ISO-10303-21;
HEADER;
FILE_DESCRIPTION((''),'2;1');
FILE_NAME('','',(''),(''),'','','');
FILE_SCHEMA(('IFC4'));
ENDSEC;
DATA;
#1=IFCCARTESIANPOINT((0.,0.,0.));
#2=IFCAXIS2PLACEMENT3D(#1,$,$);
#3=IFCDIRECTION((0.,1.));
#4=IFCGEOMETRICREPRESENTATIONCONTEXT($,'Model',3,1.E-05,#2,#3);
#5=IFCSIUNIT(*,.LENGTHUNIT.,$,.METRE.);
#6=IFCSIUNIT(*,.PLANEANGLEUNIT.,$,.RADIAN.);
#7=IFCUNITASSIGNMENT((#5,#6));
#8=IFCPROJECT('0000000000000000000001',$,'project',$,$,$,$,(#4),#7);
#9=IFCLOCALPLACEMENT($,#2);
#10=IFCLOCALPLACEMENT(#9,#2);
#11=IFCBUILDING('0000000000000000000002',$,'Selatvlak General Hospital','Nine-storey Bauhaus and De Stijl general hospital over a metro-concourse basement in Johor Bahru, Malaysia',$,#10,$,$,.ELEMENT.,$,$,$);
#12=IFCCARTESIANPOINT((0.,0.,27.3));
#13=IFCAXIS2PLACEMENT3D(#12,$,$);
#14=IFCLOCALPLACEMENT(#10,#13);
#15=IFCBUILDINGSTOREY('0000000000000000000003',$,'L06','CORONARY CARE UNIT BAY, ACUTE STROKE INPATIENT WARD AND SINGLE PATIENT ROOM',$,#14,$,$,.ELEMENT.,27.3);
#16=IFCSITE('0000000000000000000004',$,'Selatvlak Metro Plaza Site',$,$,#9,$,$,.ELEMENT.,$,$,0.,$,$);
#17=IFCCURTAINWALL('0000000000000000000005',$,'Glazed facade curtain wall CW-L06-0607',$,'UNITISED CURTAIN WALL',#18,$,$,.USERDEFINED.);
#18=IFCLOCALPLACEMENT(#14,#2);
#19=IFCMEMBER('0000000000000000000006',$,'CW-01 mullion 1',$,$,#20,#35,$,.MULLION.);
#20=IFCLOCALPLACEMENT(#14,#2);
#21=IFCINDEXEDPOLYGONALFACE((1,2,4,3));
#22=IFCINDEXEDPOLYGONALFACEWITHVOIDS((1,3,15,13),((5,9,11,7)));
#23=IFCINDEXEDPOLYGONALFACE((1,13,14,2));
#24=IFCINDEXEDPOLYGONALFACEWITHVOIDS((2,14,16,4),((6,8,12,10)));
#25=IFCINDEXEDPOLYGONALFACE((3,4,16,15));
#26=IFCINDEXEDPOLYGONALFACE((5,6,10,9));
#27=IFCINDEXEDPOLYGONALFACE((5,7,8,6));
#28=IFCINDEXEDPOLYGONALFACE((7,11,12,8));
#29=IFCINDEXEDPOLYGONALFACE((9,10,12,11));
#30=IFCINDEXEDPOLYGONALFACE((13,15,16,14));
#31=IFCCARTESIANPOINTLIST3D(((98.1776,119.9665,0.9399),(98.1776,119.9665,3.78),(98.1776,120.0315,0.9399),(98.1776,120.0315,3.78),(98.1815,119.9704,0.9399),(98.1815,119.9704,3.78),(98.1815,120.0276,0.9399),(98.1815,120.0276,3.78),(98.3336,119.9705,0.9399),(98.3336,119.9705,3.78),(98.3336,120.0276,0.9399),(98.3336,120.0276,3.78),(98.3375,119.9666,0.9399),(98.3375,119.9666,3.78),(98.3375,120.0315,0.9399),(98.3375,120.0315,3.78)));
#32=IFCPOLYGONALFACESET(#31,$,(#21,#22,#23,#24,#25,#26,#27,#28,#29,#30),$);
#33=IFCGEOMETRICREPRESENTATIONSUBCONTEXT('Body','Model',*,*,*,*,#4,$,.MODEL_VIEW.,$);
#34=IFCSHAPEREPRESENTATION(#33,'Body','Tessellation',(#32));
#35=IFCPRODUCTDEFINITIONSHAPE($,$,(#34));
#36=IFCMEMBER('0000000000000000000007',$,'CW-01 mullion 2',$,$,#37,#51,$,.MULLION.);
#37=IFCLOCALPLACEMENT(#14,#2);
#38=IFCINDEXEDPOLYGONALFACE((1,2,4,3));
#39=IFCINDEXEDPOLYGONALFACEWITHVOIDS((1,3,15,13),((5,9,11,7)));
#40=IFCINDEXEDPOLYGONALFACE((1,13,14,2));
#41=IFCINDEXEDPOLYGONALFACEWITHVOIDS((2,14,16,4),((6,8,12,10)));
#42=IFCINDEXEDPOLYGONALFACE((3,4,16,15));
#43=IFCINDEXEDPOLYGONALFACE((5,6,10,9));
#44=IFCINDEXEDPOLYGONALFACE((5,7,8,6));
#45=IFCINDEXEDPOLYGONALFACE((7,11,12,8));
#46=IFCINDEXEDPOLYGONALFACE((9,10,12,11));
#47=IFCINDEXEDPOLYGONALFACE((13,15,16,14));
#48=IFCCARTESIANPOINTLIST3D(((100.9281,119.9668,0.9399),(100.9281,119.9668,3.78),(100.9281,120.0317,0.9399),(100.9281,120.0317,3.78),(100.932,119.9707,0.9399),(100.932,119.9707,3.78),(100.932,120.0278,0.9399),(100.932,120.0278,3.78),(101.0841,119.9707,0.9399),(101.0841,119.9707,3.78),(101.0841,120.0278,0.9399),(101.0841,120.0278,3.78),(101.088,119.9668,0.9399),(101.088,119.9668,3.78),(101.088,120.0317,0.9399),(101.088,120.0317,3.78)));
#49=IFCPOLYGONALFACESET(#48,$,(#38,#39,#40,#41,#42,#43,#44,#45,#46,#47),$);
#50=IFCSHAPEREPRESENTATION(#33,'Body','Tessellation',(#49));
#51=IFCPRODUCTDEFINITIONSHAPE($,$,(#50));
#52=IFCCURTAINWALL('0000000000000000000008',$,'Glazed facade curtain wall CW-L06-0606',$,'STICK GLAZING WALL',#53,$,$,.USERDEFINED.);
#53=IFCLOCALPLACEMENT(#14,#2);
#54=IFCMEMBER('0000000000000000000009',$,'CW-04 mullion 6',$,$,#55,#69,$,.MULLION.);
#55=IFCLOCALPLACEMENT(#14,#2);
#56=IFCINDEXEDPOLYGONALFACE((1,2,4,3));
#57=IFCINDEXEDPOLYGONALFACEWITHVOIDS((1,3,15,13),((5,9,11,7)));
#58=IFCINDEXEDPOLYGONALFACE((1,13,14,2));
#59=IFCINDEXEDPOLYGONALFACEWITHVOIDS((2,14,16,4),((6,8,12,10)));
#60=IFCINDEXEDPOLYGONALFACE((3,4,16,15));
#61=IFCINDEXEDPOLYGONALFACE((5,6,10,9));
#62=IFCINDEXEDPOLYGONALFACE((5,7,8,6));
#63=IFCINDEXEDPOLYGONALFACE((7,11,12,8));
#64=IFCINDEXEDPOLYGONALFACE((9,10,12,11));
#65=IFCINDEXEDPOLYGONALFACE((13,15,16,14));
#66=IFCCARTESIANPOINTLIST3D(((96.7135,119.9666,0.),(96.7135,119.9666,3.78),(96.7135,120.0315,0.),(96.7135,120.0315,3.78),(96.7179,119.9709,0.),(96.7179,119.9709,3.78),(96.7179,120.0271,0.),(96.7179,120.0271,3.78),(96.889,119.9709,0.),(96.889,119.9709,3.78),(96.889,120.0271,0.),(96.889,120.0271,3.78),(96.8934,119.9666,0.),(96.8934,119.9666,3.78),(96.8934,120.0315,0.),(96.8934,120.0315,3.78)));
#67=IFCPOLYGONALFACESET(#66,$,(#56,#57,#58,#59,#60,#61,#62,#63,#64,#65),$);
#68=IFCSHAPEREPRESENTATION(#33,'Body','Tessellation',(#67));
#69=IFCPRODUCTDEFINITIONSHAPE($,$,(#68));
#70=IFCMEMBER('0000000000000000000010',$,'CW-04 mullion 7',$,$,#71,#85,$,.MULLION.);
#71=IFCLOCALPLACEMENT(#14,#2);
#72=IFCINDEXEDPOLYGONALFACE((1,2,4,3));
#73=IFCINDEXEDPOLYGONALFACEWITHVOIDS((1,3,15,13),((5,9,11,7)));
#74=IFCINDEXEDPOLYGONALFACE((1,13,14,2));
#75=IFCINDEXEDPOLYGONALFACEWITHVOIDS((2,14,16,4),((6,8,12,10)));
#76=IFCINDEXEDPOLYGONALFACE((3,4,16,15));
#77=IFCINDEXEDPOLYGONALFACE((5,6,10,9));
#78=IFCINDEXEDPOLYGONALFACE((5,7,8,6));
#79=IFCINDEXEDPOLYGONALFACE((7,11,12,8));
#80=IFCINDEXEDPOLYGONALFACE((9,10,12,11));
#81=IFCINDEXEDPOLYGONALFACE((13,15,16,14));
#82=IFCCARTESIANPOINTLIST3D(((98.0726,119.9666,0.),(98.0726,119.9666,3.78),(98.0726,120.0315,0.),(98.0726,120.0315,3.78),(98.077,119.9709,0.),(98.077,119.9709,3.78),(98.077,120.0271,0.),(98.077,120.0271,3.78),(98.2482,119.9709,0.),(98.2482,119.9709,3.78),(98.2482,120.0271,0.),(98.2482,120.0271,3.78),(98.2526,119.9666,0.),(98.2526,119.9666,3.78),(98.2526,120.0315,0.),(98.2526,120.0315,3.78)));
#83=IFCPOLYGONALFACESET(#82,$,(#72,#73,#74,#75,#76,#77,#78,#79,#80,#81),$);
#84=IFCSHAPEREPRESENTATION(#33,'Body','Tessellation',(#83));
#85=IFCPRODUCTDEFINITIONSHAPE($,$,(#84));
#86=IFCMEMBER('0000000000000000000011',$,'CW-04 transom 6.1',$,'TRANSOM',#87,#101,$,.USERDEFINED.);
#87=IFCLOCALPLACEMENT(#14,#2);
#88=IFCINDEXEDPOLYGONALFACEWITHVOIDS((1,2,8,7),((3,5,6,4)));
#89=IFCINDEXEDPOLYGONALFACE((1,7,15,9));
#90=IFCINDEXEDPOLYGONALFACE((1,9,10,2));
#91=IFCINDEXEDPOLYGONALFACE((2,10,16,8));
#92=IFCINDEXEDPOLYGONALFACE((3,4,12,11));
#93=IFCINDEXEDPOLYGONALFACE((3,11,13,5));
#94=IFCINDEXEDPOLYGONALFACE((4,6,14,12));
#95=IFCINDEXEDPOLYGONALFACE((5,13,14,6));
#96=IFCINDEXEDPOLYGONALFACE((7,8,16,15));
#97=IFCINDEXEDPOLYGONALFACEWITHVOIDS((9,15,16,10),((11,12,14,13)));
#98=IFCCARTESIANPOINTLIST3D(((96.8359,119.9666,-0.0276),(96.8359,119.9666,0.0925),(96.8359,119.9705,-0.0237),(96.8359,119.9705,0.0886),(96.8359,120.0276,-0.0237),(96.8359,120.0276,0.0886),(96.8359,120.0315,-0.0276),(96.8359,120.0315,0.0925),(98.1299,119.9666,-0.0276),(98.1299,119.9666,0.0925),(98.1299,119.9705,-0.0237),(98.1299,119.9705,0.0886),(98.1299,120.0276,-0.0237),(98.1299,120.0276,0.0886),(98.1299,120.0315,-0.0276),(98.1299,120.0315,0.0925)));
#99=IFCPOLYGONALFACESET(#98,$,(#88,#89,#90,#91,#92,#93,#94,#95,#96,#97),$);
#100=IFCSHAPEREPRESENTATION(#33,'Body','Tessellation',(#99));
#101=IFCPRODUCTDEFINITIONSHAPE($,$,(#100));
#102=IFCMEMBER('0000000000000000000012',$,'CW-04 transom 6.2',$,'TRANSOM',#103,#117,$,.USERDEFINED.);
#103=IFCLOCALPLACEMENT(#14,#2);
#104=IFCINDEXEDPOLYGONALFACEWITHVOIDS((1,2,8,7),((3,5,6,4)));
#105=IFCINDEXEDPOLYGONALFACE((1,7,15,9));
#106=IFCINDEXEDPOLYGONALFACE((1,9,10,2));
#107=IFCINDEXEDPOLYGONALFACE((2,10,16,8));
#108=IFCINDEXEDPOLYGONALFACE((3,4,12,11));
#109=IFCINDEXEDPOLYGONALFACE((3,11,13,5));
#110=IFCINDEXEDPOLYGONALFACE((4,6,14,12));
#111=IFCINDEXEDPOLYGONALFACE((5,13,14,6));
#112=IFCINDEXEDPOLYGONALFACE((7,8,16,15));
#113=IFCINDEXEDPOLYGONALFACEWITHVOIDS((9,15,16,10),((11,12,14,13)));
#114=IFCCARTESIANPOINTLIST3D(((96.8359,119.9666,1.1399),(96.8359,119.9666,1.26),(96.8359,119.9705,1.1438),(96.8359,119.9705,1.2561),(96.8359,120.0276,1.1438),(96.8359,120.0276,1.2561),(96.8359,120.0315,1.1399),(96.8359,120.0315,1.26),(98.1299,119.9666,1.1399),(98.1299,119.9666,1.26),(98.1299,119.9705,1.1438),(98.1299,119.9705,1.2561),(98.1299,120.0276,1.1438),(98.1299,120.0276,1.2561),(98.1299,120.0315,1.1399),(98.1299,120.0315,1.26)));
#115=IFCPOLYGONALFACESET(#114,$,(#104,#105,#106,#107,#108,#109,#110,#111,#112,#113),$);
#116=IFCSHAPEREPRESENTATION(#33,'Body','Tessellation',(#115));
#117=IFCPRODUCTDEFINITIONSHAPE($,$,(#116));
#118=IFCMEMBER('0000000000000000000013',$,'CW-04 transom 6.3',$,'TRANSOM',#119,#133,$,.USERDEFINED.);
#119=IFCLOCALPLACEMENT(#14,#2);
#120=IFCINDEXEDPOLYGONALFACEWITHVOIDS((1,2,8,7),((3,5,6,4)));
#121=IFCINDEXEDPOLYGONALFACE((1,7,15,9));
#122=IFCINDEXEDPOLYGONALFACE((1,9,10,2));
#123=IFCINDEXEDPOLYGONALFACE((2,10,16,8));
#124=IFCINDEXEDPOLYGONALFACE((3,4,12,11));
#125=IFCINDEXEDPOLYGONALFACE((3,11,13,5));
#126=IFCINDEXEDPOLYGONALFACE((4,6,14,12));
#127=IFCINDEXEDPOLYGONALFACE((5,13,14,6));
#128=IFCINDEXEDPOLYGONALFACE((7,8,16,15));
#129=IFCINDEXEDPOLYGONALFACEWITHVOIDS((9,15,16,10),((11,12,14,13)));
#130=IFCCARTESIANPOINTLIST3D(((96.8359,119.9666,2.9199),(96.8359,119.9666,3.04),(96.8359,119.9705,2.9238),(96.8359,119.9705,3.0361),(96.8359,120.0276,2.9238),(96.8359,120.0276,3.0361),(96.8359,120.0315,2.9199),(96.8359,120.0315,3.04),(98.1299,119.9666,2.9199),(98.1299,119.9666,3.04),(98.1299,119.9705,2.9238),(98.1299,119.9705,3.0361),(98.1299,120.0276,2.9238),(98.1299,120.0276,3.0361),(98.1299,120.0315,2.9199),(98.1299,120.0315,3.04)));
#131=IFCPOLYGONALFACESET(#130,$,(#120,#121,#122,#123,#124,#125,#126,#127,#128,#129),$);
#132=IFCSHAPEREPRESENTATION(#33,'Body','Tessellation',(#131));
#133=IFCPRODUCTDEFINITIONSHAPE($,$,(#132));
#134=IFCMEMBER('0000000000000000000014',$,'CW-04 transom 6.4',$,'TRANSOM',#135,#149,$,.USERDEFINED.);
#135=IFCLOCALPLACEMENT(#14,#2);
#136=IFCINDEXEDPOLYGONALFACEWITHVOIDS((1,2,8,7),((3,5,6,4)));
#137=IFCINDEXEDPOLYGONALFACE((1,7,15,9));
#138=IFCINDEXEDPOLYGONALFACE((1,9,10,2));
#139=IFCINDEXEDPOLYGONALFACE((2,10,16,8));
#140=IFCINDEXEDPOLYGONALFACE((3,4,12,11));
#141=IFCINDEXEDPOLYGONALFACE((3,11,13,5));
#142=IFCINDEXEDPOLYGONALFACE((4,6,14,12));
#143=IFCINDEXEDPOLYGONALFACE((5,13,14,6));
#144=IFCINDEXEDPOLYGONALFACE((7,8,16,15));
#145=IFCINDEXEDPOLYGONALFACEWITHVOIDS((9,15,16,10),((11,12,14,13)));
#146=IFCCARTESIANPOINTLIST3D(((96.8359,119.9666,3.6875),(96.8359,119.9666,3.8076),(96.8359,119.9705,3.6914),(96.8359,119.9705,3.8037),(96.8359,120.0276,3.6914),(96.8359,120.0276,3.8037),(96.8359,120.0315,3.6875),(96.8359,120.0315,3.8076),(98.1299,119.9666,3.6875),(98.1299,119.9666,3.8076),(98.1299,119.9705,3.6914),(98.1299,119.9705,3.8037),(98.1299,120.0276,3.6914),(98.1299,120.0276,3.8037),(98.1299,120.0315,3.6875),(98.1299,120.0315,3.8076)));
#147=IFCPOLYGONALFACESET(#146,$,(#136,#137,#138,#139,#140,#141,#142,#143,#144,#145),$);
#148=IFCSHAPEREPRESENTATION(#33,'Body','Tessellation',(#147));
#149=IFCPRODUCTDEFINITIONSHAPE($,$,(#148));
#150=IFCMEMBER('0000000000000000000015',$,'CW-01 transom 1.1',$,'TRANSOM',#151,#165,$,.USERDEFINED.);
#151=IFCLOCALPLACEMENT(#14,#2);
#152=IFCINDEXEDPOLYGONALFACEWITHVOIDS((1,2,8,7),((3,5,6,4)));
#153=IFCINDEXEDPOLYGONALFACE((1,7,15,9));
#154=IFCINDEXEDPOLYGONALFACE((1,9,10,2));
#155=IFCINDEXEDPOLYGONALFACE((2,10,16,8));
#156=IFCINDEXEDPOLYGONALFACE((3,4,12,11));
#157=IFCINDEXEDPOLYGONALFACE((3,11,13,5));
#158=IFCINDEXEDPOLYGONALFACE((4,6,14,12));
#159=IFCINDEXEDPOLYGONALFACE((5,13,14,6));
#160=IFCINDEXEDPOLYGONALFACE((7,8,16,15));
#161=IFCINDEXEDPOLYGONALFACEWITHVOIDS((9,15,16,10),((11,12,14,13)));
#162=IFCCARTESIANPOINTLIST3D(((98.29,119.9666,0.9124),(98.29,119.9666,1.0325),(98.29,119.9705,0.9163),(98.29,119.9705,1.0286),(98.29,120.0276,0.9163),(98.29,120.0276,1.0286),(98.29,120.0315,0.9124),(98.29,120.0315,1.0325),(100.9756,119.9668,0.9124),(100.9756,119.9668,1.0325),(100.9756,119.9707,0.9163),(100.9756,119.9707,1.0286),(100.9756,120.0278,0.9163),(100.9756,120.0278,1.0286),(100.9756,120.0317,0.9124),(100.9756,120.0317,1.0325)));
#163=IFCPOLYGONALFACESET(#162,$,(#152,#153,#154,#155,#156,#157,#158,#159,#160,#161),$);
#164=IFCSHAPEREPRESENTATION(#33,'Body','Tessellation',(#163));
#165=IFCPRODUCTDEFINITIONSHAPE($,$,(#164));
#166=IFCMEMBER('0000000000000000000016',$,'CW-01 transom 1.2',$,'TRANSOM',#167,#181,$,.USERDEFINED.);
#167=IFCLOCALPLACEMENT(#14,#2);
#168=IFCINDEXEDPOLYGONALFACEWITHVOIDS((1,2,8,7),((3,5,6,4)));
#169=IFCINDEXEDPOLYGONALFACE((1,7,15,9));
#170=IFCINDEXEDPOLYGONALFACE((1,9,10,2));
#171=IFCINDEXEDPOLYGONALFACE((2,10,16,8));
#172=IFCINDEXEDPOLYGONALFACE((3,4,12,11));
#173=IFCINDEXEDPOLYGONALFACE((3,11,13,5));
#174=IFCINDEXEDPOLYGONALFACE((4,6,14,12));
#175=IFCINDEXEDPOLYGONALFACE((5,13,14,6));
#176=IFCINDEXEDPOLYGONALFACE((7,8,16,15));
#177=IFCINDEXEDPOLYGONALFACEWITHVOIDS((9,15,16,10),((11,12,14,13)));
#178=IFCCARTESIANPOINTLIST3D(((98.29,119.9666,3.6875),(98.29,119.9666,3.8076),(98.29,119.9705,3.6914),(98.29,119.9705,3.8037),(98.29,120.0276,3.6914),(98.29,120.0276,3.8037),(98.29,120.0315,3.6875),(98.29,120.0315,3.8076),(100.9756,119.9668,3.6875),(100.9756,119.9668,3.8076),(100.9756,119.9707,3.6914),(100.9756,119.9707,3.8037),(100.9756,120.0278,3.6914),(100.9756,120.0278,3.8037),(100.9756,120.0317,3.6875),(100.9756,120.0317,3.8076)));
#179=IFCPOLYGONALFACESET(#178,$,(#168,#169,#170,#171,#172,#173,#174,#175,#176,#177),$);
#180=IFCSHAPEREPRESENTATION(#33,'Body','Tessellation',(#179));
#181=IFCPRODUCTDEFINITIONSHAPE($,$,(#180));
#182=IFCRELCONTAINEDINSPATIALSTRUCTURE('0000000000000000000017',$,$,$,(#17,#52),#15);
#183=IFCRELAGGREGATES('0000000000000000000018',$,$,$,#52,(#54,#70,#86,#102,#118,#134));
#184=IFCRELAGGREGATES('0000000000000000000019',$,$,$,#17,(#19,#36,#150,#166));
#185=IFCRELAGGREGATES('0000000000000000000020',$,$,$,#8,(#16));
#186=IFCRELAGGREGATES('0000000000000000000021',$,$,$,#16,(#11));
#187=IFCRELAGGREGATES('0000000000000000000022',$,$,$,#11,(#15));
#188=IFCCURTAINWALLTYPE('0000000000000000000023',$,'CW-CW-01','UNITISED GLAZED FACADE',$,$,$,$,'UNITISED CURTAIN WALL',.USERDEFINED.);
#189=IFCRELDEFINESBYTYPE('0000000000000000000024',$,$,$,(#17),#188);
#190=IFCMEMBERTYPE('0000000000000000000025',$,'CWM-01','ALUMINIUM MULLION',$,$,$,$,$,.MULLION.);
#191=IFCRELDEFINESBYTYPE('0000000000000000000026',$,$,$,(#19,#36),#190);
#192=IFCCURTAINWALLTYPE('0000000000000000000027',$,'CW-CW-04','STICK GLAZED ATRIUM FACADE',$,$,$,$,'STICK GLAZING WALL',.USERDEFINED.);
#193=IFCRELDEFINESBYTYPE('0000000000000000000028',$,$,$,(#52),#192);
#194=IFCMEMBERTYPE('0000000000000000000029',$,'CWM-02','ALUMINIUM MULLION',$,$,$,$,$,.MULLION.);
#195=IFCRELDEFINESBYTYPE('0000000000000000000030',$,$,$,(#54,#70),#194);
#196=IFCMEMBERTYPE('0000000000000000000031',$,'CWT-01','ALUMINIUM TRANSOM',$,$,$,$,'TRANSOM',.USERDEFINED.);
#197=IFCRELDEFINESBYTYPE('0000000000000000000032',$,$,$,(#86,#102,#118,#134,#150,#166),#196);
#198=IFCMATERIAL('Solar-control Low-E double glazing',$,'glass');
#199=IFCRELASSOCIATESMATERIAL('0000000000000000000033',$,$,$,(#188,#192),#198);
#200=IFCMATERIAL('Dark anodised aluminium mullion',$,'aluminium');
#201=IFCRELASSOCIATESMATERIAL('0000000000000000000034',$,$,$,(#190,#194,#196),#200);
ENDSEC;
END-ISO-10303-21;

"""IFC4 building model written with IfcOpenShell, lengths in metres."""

from ifc_helpers import new_model, si_unit, direction, frame, origin, origin_2d, place, context, subcontext, project, spatial, hollow_rectangle, extrude, material, material_profile, profile_set, type_object, element, aggregate, save


model = new_model("IFC4")

# Units and contexts
model_context = context("Model", 3, precision=1e-05, world=origin(), true_north=direction((0.0, 1.0)))
body_context = subcontext(model_context, "Body", "Model", "MODEL_VIEW")
ifc_project = project(units=[si_unit("LENGTHUNIT", "METRE"), si_unit("PLANEANGLEUNIT", "RADIAN")], contexts=[model_context])

# Site, building, storey
site_placement = place(None, origin())
site = spatial("IfcSite", under=ifc_project, at=site_placement, Name="Selatvlak Metro Plaza Site", CompositionType="ELEMENT", RefElevation=0.0)
building_placement = place(site_placement, origin())
building = spatial("IfcBuilding", under=site, at=building_placement, Name="Selatvlak General Hospital", Description="Nine-storey Bauhaus and De Stijl general hospital over a metro-concourse basement in Johor Bahru, Malaysia", CompositionType="ELEMENT")
storey_placement = place(building_placement, frame((0.0, 0.0, 27.3)))
storey = spatial("IfcBuildingStorey", under=building, at=storey_placement, Name="L06", Description="CORONARY CARE UNIT BAY, ACUTE STROKE INPATIENT WARD AND SINGLE PATIENT ROOM", CompositionType="ELEMENT", Elevation=27.3)

# Curtain walls, members
ifc_material_1 = material(Name="Solar-control Low-E double glazing", Category="glass")
curtain_wall_type_1 = type_object("IfcCurtainWallType", Name="CW-CW-01", Description="UNITISED GLAZED FACADE", ElementType="UNITISED CURTAIN WALL", PredefinedType="USERDEFINED", material=ifc_material_1)
curtain_wall_1_placement = place(storey_placement, origin())
curtain_wall_1 = element("IfcCurtainWall", 1, at=curtain_wall_1_placement, inside=storey, type_object=curtain_wall_type_1, Name="Glazed facade curtain wall CW-L06-0607", ObjectType="UNITISED CURTAIN WALL", PredefinedType="USERDEFINED")
ifc_material_2 = material(Name="Dark anodised aluminium mullion", Category="aluminium")
ifc_material_profile_1 = material_profile(ifc_material_2, hollow_rectangle(XDim=0.0649, YDim=0.1599, WallThickness=0.0039, at=origin_2d()), Name="AL-MUL 65x160x4")
ifc_profile_set_1 = profile_set([ifc_material_profile_1], Name="Dark anodised aluminium mullion")
member_type_1 = type_object("IfcMemberType", Name="CWM-01", Description="ALUMINIUM MULLION", PredefinedType="MULLION", material=ifc_profile_set_1)
member_1_placement = place(storey_placement, frame((98.2576, 119.999, 0.9399), z_axis=(0.0, 0.0, 1.0), x_axis=(-0.00012, 1.0, 0.0)))
member_1 = element("IfcMember", 2, at=member_1_placement, type_object=member_type_1, Name="CW-01 mullion 1", PredefinedType="MULLION", context=body_context, shape_type="SweptSolid", body=[
    extrude(hollow_rectangle(XDim=0.0649, YDim=0.1599, WallThickness=0.0039, at=origin_2d()), origin(), (0.0, 0.0, 1.0), 2.8401),
])
member_2_placement = place(storey_placement, frame((101.0081, 119.9993, 0.9399), z_axis=(0.0, 0.0, 1.0), x_axis=(-0.00012, 1.0, 0.0)))
member_2 = element("IfcMember", 3, at=member_2_placement, type_object=member_type_1, Name="CW-01 mullion 2", PredefinedType="MULLION", context=body_context, shape_type="SweptSolid", body=[
    extrude(hollow_rectangle(XDim=0.0649, YDim=0.1599, WallThickness=0.0039, at=origin_2d()), origin(), (0.0, 0.0, 1.0), 2.8401),
])
curtain_wall_type_2 = type_object("IfcCurtainWallType", Name="CW-CW-04", Description="STICK GLAZED ATRIUM FACADE", ElementType="STICK GLAZING WALL", PredefinedType="USERDEFINED", material=ifc_material_1)
curtain_wall_2_placement = place(storey_placement, origin())
curtain_wall_2 = element("IfcCurtainWall", 4, at=curtain_wall_2_placement, inside=storey, type_object=curtain_wall_type_2, Name="Glazed facade curtain wall CW-L06-0606", ObjectType="STICK GLAZING WALL", PredefinedType="USERDEFINED")
ifc_material_profile_2 = material_profile(ifc_material_2, hollow_rectangle(XDim=0.0649, YDim=0.1799, WallThickness=0.0044, at=origin_2d()), Name="AL-MUL 65x180x4.5")
ifc_profile_set_2 = profile_set([ifc_material_profile_2], Name="Dark anodised aluminium mullion")
member_type_2 = type_object("IfcMemberType", Name="CWM-02", Description="ALUMINIUM MULLION", PredefinedType="MULLION", material=ifc_profile_set_2)
member_3_placement = place(storey_placement, frame((96.8035, 119.999, 0.0), z_axis=(0.0, 0.0, 1.0), x_axis=(0.0, 1.0, 0.0)))
member_3 = element("IfcMember", 5, at=member_3_placement, type_object=member_type_2, Name="CW-04 mullion 6", PredefinedType="MULLION", context=body_context, shape_type="SweptSolid", body=[
    extrude(hollow_rectangle(XDim=0.0649, YDim=0.1799, WallThickness=0.0044, at=origin_2d()), origin(), (0.0, 0.0, 1.0), 3.78),
])
member_4_placement = place(storey_placement, frame((98.1626, 119.999, 0.0), z_axis=(0.0, 0.0, 1.0), x_axis=(0.0, 1.0, 0.0)))
member_4 = element("IfcMember", 6, at=member_4_placement, type_object=member_type_2, Name="CW-04 mullion 7", PredefinedType="MULLION", context=body_context, shape_type="SweptSolid", body=[
    extrude(hollow_rectangle(XDim=0.0649, YDim=0.1799, WallThickness=0.0044, at=origin_2d()), origin(), (0.0, 0.0, 1.0), 3.78),
])
ifc_material_profile_3 = material_profile(ifc_material_2, hollow_rectangle(XDim=0.0649, YDim=0.1201, WallThickness=0.0039, at=origin_2d()), Name="AL-TRN 65x120x4")
ifc_profile_set_3 = profile_set([ifc_material_profile_3], Name="Dark anodised aluminium mullion")
member_type_3 = type_object("IfcMemberType", Name="CWT-01", Description="ALUMINIUM TRANSOM", ElementType="TRANSOM", PredefinedType="USERDEFINED", material=ifc_profile_set_3)
member_5_placement = place(storey_placement, frame((96.8359, 119.999, 0.0325), z_axis=(1.0, 0.0, 0.0), x_axis=(0.0, 1.0, 0.0)))
member_5 = element("IfcMember", 7, at=member_5_placement, type_object=member_type_3, Name="CW-04 transom 6.1", ObjectType="TRANSOM", PredefinedType="USERDEFINED", context=body_context, shape_type="SweptSolid", body=[
    extrude(hollow_rectangle(XDim=0.0649, YDim=0.1201, WallThickness=0.0039, at=origin_2d()), origin(), (0.0, 0.0, 1.0), 1.2939),
])
member_6_placement = place(storey_placement, frame((96.8359, 119.999, 1.2), z_axis=(1.0, 0.0, 0.0), x_axis=(0.0, 1.0, 0.0)))
member_6 = element("IfcMember", 8, at=member_6_placement, type_object=member_type_3, Name="CW-04 transom 6.2", ObjectType="TRANSOM", PredefinedType="USERDEFINED", context=body_context, shape_type="SweptSolid", body=[
    extrude(hollow_rectangle(XDim=0.0649, YDim=0.1201, WallThickness=0.0039, at=origin_2d()), origin(), (0.0, 0.0, 1.0), 1.2939),
])
member_7_placement = place(storey_placement, frame((96.8359, 119.999, 2.98), z_axis=(1.0, 0.0, 0.0), x_axis=(0.0, 1.0, 0.0)))
member_7 = element("IfcMember", 9, at=member_7_placement, type_object=member_type_3, Name="CW-04 transom 6.3", ObjectType="TRANSOM", PredefinedType="USERDEFINED", context=body_context, shape_type="SweptSolid", body=[
    extrude(hollow_rectangle(XDim=0.0649, YDim=0.1201, WallThickness=0.0039, at=origin_2d()), origin(), (0.0, 0.0, 1.0), 1.2939),
])
member_8_placement = place(storey_placement, frame((96.8359, 119.999, 3.7476), z_axis=(1.0, 0.0, 0.0), x_axis=(0.0, 1.0, 0.0)))
member_8 = element("IfcMember", 10, at=member_8_placement, type_object=member_type_3, Name="CW-04 transom 6.4", ObjectType="TRANSOM", PredefinedType="USERDEFINED", context=body_context, shape_type="SweptSolid", body=[
    extrude(hollow_rectangle(XDim=0.0649, YDim=0.1201, WallThickness=0.0039, at=origin_2d()), origin(), (0.0, 0.0, 1.0), 1.2939),
])

# Members
member_9_placement = place(storey_placement, frame((98.29, 119.999, 0.9724), z_axis=(1.0, 0.000091, 0.0), x_axis=(-0.000091, 1.0, 0.0)))
member_9 = element("IfcMember", 11, at=member_9_placement, type_object=member_type_3, Name="CW-01 transom 1.1", ObjectType="TRANSOM", PredefinedType="USERDEFINED", context=body_context, shape_type="SweptSolid", body=[
    extrude(hollow_rectangle(XDim=0.0649, YDim=0.1201, WallThickness=0.0039, at=origin_2d()), origin(), (0.0, 0.0, 1.0), 2.6855),
])
member_10_placement = place(storey_placement, frame((98.29, 119.999, 3.7476), z_axis=(1.0, 0.000091, 0.0), x_axis=(-0.000091, 1.0, 0.0)))
member_10 = element("IfcMember", 12, at=member_10_placement, type_object=member_type_3, Name="CW-01 transom 1.2", ObjectType="TRANSOM", PredefinedType="USERDEFINED", context=body_context, shape_type="SweptSolid", body=[
    extrude(hollow_rectangle(XDim=0.0649, YDim=0.1201, WallThickness=0.0039, at=origin_2d()), origin(), (0.0, 0.0, 1.0), 2.6855),
])

aggregate(curtain_wall_2, [member_3, member_4, member_5, member_6, member_7, member_8])
aggregate(curtain_wall_1, [member_1, member_2, member_9, member_10])

save(model, "model.ifc")
